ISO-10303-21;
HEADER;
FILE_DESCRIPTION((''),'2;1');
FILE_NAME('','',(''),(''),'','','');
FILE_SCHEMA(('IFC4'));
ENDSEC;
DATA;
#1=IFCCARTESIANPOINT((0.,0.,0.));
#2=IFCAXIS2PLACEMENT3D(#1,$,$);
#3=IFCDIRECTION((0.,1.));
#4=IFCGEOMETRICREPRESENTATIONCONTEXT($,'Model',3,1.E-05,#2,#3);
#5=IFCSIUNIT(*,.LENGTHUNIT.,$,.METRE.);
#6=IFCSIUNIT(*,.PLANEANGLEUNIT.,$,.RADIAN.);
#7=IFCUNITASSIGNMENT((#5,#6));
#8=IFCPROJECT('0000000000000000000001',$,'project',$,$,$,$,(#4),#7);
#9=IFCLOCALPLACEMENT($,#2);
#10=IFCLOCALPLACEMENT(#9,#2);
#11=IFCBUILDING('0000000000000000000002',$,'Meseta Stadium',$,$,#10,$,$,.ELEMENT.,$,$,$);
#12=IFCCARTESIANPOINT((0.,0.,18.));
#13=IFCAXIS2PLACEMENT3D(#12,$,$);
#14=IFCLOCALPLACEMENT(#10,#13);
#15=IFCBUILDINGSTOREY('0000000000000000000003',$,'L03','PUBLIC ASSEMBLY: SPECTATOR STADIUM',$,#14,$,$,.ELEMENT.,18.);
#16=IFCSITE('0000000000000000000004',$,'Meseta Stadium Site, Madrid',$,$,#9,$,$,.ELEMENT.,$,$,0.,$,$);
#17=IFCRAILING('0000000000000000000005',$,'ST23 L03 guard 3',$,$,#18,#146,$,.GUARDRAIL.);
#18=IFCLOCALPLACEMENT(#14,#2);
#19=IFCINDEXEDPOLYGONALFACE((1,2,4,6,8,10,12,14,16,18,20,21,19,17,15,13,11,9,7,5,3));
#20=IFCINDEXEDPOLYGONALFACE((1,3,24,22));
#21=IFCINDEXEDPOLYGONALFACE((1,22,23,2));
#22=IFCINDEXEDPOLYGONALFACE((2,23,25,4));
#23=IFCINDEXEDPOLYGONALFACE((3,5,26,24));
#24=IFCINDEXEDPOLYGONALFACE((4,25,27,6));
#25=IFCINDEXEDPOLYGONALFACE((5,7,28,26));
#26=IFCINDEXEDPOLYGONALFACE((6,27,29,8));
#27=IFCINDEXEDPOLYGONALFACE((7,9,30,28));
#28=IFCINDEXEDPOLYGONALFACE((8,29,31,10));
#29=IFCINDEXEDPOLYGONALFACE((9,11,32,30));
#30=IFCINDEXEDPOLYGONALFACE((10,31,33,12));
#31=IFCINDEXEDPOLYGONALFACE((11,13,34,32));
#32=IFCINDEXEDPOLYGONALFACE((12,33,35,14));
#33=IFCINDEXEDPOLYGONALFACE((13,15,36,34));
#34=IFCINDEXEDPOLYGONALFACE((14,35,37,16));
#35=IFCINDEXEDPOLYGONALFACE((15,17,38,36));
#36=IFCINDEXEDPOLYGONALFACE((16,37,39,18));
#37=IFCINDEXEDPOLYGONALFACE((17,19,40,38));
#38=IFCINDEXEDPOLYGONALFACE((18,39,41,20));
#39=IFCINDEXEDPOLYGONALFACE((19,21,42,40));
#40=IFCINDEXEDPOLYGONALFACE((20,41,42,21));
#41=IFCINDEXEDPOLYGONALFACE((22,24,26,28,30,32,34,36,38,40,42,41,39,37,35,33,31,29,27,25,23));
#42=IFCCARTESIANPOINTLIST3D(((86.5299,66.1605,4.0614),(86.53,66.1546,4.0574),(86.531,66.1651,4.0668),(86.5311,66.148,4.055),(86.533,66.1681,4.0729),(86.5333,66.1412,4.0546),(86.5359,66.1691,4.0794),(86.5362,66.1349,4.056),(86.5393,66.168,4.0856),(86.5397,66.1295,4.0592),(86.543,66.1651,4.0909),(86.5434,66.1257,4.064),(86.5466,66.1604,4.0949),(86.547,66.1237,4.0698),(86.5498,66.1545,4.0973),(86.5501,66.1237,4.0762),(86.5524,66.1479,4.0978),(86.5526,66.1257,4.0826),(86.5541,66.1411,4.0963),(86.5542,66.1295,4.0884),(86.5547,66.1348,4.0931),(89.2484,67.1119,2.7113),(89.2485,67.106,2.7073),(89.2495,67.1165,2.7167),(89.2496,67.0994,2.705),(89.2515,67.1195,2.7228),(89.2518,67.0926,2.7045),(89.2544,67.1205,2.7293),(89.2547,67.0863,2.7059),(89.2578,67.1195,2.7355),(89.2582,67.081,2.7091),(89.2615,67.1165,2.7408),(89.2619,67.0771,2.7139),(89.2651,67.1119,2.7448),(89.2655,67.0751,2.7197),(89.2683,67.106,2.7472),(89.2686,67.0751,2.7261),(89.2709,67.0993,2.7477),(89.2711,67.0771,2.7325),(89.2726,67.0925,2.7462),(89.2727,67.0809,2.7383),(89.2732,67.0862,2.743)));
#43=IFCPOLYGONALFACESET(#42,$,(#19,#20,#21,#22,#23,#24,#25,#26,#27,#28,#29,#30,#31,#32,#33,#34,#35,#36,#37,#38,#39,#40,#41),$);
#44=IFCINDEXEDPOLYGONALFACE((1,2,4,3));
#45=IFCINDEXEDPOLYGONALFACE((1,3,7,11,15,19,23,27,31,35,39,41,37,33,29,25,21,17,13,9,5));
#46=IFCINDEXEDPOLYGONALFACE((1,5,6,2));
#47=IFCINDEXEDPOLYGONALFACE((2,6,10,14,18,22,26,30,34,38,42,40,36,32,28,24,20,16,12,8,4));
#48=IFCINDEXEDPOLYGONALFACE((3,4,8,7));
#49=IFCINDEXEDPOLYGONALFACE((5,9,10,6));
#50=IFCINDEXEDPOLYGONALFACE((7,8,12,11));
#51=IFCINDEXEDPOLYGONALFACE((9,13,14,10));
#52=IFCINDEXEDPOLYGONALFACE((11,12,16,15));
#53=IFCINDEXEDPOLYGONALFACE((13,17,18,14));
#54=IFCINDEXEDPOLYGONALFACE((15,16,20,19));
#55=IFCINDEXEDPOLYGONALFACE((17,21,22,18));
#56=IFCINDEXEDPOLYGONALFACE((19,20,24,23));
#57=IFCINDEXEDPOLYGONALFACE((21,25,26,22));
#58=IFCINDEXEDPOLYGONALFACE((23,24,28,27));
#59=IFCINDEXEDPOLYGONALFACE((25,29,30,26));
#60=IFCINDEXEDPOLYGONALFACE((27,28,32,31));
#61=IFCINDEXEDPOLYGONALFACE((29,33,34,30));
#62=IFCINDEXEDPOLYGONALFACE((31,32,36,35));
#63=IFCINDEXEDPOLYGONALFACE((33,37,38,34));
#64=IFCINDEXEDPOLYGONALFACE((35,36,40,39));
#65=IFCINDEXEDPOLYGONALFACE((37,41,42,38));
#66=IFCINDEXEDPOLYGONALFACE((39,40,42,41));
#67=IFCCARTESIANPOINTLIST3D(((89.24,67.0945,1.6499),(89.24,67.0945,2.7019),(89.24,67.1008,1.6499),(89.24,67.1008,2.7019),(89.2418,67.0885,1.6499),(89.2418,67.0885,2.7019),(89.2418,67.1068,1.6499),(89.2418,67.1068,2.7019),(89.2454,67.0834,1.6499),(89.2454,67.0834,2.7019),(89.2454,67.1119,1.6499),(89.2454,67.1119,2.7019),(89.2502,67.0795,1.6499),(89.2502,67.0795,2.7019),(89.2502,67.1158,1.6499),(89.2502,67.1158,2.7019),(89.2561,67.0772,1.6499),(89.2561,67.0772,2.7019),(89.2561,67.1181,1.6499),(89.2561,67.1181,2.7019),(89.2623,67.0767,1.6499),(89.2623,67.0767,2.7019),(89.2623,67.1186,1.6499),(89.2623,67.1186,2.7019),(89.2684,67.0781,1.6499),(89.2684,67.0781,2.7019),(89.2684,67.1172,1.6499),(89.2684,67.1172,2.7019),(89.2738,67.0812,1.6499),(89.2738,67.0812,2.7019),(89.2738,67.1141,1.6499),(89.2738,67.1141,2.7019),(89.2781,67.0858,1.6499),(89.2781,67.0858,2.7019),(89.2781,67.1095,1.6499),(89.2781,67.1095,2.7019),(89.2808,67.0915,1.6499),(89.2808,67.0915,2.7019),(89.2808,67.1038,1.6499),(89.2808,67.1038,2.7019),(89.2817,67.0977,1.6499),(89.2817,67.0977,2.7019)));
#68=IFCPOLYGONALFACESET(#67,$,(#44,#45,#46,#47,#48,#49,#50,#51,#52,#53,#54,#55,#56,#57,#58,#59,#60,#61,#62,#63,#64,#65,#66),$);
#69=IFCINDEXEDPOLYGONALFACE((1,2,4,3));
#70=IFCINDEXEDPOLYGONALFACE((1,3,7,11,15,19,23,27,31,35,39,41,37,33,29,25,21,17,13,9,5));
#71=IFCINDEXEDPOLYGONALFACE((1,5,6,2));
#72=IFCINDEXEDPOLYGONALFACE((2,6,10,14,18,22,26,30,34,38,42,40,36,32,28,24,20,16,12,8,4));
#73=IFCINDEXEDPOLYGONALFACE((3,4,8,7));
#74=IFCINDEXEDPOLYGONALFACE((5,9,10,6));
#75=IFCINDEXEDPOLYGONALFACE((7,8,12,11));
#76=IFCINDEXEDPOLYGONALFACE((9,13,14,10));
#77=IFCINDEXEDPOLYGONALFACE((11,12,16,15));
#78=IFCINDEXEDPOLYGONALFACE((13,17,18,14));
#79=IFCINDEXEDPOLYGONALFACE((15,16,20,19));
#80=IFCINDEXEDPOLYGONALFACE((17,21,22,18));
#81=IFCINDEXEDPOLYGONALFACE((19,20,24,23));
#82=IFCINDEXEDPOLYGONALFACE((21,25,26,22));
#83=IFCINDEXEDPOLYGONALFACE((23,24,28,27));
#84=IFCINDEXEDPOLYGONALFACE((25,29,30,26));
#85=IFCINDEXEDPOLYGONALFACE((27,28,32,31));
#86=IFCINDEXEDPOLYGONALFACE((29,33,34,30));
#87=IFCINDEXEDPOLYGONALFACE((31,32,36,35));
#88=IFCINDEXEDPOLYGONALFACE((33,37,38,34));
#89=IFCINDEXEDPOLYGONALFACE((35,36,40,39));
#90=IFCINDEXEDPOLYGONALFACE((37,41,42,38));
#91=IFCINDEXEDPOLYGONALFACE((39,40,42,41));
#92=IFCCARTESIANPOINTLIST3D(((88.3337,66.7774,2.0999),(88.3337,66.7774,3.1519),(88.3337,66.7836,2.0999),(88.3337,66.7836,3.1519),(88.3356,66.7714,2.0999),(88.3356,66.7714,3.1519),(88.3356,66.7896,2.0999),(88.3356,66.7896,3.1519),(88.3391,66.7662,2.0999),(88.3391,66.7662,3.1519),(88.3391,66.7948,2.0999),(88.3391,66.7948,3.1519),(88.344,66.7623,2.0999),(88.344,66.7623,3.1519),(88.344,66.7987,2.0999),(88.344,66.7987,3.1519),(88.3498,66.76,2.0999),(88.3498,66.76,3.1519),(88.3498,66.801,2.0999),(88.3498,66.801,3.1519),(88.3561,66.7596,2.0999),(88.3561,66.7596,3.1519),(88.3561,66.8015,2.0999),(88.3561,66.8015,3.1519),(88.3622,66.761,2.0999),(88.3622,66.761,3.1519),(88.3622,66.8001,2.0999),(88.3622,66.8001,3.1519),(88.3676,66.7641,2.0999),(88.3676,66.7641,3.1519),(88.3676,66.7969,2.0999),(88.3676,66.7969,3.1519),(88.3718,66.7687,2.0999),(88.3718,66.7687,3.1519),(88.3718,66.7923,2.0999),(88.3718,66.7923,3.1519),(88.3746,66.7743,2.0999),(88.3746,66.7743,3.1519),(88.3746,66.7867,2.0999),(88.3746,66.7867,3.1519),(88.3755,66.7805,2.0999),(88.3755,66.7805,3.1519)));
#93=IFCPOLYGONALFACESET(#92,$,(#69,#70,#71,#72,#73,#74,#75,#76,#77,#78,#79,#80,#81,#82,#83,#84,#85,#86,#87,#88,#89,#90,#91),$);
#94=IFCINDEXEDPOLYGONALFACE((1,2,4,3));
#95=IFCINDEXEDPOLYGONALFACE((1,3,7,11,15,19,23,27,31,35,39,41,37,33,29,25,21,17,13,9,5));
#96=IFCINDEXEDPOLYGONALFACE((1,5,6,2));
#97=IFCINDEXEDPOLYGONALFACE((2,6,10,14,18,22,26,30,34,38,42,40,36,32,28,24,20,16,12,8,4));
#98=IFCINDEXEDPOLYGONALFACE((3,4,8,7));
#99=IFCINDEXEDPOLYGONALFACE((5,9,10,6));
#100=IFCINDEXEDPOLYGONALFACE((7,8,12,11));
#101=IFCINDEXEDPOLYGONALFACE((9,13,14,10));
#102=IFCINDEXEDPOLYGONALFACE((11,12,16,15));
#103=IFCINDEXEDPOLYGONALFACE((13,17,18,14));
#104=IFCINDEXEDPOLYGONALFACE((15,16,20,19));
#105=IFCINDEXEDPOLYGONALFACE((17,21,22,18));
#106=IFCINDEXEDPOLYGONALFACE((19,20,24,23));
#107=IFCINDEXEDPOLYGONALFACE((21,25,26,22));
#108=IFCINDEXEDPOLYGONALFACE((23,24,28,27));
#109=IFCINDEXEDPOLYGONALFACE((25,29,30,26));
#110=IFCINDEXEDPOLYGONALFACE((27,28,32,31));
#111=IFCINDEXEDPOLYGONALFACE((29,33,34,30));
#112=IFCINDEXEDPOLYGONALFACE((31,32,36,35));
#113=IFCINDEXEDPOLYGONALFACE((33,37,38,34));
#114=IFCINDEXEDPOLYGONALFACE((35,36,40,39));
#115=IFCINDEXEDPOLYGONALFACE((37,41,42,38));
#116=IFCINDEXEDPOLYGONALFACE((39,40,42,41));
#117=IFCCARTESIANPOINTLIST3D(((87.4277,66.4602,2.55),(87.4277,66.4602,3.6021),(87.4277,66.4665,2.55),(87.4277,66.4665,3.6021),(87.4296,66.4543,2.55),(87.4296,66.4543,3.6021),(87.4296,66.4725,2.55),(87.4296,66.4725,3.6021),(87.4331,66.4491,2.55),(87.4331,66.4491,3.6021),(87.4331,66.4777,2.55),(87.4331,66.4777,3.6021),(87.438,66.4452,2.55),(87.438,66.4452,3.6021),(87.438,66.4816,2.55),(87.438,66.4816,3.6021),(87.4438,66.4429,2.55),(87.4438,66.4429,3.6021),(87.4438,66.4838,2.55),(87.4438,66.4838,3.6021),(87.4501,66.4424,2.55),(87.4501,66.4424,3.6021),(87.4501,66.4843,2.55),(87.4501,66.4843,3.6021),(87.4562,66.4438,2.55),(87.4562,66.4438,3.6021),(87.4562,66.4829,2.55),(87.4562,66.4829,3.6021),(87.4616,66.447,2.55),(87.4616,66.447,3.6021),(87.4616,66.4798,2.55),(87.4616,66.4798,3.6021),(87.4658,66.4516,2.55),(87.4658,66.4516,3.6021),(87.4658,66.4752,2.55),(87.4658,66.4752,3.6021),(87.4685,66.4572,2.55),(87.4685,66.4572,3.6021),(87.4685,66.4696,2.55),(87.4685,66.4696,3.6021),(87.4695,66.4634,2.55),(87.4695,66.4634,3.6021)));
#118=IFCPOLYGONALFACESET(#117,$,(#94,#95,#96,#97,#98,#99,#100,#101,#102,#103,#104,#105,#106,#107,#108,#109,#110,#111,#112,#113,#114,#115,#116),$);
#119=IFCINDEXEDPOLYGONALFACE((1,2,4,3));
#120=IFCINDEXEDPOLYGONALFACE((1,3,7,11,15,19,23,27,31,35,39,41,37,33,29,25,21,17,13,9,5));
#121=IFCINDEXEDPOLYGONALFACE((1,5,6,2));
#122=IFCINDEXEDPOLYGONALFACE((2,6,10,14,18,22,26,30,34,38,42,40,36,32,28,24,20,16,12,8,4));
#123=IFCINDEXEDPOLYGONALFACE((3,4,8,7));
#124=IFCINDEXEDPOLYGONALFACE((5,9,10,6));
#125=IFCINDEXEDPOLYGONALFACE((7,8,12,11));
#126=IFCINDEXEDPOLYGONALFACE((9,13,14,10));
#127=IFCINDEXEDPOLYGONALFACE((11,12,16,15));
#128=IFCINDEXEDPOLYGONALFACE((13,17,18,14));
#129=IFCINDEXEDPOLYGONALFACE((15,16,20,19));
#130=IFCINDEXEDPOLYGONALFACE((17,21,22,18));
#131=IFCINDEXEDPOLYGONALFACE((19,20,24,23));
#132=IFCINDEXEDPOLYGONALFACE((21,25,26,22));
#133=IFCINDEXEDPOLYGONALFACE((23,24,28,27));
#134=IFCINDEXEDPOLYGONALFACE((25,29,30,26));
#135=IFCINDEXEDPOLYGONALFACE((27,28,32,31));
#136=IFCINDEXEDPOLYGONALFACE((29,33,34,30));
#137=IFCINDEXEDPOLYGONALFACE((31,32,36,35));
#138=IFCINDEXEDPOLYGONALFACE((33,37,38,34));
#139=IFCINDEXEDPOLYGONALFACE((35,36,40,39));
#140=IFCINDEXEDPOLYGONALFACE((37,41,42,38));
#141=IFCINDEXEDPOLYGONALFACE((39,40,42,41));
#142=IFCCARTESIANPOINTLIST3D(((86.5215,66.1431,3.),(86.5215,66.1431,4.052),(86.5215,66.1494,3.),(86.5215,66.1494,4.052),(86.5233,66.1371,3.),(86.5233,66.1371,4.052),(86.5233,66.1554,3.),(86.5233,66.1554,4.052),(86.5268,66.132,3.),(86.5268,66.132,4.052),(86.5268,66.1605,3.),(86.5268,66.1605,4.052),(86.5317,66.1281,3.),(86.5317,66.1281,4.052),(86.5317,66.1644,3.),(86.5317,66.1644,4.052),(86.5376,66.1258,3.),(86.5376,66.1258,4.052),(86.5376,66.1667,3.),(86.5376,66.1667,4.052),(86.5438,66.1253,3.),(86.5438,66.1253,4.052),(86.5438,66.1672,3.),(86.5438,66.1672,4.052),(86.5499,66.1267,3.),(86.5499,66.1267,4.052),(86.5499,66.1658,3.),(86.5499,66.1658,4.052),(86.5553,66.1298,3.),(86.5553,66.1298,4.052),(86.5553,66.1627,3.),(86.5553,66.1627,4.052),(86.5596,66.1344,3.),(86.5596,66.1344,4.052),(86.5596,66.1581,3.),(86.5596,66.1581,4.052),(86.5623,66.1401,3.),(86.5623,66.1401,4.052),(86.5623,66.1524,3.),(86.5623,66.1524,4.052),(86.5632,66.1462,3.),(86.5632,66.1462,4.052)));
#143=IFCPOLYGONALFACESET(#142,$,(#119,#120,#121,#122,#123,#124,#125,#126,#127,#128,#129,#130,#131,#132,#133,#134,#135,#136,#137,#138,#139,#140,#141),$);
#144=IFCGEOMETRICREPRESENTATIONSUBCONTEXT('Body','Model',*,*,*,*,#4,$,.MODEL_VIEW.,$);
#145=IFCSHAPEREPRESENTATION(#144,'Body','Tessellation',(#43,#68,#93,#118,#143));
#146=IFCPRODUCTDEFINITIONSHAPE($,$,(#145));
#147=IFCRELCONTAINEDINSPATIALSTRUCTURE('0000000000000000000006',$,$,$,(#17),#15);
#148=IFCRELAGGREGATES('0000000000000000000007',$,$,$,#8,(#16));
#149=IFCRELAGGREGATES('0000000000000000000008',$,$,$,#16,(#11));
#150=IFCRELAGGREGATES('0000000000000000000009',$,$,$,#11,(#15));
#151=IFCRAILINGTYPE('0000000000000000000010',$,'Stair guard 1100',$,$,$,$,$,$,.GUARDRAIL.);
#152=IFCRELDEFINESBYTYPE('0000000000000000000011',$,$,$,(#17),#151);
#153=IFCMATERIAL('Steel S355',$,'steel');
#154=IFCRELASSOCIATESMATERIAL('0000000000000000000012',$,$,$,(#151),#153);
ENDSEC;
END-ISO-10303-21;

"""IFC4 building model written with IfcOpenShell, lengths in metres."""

from ifc_helpers import new_model, si_unit, direction, frame, origin, origin_2d, place, context, subcontext, project, spatial, circle, extrude, material, type_object, element, save


model = new_model("IFC4")

# Units and contexts
model_context = context("Model", 3, precision=1e-05, world=origin(), true_north=direction((0.0, 1.0)))
body_context = subcontext(model_context, "Body", "Model", "MODEL_VIEW")
ifc_project = project(units=[si_unit("LENGTHUNIT", "METRE"), si_unit("PLANEANGLEUNIT", "RADIAN")], contexts=[model_context])

# Site, building, storey
site_placement = place(None, origin())
site = spatial("IfcSite", under=ifc_project, at=site_placement, Name="Meseta Stadium Site, Madrid", CompositionType="ELEMENT", RefElevation=0.0)
building_placement = place(site_placement, origin())
building = spatial("IfcBuilding", under=site, at=building_placement, Name="Meseta Stadium", CompositionType="ELEMENT")
storey_placement = place(building_placement, frame((0.0, 0.0, 18.0)))
storey = spatial("IfcBuildingStorey", under=building, at=storey_placement, Name="L03", Description="PUBLIC ASSEMBLY: SPECTATOR STADIUM", CompositionType="ELEMENT", Elevation=18.0)

# Railing
ifc_material_1 = material(Name="Steel S355", Category="steel")
railing_type_1 = type_object("IfcRailingType", Name="Stair guard 1100", PredefinedType="GUARDRAIL", material=ifc_material_1)
railing_1_placement = place(storey_placement, frame((89.2607, 67.0977, 1.6499)))
element("IfcRailing", 1, at=railing_1_placement, inside=storey, type_object=railing_type_1, Name="ST23 L03 guard 3", PredefinedType="GUARDRAIL", context=body_context, shape_type="SweptSolid", body=[
    extrude(circle(Radius=0.0239, at=origin_2d()), frame((0.0, 0.0, 1.0762), z_axis=(-0.85463, -0.299101, 0.424437), x_axis=(0.330332, -0.943865, 0.0)), (0.0, 0.0, 1.0), 3.1809),
    extrude(circle(Radius=0.021, at=origin_2d()), origin(), (0.0, 0.0, 1.0), 1.052),
    extrude(circle(Radius=0.021, at=origin_2d()), frame((-0.9062, -0.3171, 0.45)), (0.0, 0.0, 1.0), 1.052),
    extrude(circle(Radius=0.021, at=origin_2d()), frame((-1.8123, -0.6343, 0.9001)), (0.0, 0.0, 1.0), 1.052),
    extrude(circle(Radius=0.021, at=origin_2d()), frame((-2.7185, -0.9514, 1.3501)), (0.0, 0.0, 1.0), 1.052),
])

save(model, "model.ifc")
